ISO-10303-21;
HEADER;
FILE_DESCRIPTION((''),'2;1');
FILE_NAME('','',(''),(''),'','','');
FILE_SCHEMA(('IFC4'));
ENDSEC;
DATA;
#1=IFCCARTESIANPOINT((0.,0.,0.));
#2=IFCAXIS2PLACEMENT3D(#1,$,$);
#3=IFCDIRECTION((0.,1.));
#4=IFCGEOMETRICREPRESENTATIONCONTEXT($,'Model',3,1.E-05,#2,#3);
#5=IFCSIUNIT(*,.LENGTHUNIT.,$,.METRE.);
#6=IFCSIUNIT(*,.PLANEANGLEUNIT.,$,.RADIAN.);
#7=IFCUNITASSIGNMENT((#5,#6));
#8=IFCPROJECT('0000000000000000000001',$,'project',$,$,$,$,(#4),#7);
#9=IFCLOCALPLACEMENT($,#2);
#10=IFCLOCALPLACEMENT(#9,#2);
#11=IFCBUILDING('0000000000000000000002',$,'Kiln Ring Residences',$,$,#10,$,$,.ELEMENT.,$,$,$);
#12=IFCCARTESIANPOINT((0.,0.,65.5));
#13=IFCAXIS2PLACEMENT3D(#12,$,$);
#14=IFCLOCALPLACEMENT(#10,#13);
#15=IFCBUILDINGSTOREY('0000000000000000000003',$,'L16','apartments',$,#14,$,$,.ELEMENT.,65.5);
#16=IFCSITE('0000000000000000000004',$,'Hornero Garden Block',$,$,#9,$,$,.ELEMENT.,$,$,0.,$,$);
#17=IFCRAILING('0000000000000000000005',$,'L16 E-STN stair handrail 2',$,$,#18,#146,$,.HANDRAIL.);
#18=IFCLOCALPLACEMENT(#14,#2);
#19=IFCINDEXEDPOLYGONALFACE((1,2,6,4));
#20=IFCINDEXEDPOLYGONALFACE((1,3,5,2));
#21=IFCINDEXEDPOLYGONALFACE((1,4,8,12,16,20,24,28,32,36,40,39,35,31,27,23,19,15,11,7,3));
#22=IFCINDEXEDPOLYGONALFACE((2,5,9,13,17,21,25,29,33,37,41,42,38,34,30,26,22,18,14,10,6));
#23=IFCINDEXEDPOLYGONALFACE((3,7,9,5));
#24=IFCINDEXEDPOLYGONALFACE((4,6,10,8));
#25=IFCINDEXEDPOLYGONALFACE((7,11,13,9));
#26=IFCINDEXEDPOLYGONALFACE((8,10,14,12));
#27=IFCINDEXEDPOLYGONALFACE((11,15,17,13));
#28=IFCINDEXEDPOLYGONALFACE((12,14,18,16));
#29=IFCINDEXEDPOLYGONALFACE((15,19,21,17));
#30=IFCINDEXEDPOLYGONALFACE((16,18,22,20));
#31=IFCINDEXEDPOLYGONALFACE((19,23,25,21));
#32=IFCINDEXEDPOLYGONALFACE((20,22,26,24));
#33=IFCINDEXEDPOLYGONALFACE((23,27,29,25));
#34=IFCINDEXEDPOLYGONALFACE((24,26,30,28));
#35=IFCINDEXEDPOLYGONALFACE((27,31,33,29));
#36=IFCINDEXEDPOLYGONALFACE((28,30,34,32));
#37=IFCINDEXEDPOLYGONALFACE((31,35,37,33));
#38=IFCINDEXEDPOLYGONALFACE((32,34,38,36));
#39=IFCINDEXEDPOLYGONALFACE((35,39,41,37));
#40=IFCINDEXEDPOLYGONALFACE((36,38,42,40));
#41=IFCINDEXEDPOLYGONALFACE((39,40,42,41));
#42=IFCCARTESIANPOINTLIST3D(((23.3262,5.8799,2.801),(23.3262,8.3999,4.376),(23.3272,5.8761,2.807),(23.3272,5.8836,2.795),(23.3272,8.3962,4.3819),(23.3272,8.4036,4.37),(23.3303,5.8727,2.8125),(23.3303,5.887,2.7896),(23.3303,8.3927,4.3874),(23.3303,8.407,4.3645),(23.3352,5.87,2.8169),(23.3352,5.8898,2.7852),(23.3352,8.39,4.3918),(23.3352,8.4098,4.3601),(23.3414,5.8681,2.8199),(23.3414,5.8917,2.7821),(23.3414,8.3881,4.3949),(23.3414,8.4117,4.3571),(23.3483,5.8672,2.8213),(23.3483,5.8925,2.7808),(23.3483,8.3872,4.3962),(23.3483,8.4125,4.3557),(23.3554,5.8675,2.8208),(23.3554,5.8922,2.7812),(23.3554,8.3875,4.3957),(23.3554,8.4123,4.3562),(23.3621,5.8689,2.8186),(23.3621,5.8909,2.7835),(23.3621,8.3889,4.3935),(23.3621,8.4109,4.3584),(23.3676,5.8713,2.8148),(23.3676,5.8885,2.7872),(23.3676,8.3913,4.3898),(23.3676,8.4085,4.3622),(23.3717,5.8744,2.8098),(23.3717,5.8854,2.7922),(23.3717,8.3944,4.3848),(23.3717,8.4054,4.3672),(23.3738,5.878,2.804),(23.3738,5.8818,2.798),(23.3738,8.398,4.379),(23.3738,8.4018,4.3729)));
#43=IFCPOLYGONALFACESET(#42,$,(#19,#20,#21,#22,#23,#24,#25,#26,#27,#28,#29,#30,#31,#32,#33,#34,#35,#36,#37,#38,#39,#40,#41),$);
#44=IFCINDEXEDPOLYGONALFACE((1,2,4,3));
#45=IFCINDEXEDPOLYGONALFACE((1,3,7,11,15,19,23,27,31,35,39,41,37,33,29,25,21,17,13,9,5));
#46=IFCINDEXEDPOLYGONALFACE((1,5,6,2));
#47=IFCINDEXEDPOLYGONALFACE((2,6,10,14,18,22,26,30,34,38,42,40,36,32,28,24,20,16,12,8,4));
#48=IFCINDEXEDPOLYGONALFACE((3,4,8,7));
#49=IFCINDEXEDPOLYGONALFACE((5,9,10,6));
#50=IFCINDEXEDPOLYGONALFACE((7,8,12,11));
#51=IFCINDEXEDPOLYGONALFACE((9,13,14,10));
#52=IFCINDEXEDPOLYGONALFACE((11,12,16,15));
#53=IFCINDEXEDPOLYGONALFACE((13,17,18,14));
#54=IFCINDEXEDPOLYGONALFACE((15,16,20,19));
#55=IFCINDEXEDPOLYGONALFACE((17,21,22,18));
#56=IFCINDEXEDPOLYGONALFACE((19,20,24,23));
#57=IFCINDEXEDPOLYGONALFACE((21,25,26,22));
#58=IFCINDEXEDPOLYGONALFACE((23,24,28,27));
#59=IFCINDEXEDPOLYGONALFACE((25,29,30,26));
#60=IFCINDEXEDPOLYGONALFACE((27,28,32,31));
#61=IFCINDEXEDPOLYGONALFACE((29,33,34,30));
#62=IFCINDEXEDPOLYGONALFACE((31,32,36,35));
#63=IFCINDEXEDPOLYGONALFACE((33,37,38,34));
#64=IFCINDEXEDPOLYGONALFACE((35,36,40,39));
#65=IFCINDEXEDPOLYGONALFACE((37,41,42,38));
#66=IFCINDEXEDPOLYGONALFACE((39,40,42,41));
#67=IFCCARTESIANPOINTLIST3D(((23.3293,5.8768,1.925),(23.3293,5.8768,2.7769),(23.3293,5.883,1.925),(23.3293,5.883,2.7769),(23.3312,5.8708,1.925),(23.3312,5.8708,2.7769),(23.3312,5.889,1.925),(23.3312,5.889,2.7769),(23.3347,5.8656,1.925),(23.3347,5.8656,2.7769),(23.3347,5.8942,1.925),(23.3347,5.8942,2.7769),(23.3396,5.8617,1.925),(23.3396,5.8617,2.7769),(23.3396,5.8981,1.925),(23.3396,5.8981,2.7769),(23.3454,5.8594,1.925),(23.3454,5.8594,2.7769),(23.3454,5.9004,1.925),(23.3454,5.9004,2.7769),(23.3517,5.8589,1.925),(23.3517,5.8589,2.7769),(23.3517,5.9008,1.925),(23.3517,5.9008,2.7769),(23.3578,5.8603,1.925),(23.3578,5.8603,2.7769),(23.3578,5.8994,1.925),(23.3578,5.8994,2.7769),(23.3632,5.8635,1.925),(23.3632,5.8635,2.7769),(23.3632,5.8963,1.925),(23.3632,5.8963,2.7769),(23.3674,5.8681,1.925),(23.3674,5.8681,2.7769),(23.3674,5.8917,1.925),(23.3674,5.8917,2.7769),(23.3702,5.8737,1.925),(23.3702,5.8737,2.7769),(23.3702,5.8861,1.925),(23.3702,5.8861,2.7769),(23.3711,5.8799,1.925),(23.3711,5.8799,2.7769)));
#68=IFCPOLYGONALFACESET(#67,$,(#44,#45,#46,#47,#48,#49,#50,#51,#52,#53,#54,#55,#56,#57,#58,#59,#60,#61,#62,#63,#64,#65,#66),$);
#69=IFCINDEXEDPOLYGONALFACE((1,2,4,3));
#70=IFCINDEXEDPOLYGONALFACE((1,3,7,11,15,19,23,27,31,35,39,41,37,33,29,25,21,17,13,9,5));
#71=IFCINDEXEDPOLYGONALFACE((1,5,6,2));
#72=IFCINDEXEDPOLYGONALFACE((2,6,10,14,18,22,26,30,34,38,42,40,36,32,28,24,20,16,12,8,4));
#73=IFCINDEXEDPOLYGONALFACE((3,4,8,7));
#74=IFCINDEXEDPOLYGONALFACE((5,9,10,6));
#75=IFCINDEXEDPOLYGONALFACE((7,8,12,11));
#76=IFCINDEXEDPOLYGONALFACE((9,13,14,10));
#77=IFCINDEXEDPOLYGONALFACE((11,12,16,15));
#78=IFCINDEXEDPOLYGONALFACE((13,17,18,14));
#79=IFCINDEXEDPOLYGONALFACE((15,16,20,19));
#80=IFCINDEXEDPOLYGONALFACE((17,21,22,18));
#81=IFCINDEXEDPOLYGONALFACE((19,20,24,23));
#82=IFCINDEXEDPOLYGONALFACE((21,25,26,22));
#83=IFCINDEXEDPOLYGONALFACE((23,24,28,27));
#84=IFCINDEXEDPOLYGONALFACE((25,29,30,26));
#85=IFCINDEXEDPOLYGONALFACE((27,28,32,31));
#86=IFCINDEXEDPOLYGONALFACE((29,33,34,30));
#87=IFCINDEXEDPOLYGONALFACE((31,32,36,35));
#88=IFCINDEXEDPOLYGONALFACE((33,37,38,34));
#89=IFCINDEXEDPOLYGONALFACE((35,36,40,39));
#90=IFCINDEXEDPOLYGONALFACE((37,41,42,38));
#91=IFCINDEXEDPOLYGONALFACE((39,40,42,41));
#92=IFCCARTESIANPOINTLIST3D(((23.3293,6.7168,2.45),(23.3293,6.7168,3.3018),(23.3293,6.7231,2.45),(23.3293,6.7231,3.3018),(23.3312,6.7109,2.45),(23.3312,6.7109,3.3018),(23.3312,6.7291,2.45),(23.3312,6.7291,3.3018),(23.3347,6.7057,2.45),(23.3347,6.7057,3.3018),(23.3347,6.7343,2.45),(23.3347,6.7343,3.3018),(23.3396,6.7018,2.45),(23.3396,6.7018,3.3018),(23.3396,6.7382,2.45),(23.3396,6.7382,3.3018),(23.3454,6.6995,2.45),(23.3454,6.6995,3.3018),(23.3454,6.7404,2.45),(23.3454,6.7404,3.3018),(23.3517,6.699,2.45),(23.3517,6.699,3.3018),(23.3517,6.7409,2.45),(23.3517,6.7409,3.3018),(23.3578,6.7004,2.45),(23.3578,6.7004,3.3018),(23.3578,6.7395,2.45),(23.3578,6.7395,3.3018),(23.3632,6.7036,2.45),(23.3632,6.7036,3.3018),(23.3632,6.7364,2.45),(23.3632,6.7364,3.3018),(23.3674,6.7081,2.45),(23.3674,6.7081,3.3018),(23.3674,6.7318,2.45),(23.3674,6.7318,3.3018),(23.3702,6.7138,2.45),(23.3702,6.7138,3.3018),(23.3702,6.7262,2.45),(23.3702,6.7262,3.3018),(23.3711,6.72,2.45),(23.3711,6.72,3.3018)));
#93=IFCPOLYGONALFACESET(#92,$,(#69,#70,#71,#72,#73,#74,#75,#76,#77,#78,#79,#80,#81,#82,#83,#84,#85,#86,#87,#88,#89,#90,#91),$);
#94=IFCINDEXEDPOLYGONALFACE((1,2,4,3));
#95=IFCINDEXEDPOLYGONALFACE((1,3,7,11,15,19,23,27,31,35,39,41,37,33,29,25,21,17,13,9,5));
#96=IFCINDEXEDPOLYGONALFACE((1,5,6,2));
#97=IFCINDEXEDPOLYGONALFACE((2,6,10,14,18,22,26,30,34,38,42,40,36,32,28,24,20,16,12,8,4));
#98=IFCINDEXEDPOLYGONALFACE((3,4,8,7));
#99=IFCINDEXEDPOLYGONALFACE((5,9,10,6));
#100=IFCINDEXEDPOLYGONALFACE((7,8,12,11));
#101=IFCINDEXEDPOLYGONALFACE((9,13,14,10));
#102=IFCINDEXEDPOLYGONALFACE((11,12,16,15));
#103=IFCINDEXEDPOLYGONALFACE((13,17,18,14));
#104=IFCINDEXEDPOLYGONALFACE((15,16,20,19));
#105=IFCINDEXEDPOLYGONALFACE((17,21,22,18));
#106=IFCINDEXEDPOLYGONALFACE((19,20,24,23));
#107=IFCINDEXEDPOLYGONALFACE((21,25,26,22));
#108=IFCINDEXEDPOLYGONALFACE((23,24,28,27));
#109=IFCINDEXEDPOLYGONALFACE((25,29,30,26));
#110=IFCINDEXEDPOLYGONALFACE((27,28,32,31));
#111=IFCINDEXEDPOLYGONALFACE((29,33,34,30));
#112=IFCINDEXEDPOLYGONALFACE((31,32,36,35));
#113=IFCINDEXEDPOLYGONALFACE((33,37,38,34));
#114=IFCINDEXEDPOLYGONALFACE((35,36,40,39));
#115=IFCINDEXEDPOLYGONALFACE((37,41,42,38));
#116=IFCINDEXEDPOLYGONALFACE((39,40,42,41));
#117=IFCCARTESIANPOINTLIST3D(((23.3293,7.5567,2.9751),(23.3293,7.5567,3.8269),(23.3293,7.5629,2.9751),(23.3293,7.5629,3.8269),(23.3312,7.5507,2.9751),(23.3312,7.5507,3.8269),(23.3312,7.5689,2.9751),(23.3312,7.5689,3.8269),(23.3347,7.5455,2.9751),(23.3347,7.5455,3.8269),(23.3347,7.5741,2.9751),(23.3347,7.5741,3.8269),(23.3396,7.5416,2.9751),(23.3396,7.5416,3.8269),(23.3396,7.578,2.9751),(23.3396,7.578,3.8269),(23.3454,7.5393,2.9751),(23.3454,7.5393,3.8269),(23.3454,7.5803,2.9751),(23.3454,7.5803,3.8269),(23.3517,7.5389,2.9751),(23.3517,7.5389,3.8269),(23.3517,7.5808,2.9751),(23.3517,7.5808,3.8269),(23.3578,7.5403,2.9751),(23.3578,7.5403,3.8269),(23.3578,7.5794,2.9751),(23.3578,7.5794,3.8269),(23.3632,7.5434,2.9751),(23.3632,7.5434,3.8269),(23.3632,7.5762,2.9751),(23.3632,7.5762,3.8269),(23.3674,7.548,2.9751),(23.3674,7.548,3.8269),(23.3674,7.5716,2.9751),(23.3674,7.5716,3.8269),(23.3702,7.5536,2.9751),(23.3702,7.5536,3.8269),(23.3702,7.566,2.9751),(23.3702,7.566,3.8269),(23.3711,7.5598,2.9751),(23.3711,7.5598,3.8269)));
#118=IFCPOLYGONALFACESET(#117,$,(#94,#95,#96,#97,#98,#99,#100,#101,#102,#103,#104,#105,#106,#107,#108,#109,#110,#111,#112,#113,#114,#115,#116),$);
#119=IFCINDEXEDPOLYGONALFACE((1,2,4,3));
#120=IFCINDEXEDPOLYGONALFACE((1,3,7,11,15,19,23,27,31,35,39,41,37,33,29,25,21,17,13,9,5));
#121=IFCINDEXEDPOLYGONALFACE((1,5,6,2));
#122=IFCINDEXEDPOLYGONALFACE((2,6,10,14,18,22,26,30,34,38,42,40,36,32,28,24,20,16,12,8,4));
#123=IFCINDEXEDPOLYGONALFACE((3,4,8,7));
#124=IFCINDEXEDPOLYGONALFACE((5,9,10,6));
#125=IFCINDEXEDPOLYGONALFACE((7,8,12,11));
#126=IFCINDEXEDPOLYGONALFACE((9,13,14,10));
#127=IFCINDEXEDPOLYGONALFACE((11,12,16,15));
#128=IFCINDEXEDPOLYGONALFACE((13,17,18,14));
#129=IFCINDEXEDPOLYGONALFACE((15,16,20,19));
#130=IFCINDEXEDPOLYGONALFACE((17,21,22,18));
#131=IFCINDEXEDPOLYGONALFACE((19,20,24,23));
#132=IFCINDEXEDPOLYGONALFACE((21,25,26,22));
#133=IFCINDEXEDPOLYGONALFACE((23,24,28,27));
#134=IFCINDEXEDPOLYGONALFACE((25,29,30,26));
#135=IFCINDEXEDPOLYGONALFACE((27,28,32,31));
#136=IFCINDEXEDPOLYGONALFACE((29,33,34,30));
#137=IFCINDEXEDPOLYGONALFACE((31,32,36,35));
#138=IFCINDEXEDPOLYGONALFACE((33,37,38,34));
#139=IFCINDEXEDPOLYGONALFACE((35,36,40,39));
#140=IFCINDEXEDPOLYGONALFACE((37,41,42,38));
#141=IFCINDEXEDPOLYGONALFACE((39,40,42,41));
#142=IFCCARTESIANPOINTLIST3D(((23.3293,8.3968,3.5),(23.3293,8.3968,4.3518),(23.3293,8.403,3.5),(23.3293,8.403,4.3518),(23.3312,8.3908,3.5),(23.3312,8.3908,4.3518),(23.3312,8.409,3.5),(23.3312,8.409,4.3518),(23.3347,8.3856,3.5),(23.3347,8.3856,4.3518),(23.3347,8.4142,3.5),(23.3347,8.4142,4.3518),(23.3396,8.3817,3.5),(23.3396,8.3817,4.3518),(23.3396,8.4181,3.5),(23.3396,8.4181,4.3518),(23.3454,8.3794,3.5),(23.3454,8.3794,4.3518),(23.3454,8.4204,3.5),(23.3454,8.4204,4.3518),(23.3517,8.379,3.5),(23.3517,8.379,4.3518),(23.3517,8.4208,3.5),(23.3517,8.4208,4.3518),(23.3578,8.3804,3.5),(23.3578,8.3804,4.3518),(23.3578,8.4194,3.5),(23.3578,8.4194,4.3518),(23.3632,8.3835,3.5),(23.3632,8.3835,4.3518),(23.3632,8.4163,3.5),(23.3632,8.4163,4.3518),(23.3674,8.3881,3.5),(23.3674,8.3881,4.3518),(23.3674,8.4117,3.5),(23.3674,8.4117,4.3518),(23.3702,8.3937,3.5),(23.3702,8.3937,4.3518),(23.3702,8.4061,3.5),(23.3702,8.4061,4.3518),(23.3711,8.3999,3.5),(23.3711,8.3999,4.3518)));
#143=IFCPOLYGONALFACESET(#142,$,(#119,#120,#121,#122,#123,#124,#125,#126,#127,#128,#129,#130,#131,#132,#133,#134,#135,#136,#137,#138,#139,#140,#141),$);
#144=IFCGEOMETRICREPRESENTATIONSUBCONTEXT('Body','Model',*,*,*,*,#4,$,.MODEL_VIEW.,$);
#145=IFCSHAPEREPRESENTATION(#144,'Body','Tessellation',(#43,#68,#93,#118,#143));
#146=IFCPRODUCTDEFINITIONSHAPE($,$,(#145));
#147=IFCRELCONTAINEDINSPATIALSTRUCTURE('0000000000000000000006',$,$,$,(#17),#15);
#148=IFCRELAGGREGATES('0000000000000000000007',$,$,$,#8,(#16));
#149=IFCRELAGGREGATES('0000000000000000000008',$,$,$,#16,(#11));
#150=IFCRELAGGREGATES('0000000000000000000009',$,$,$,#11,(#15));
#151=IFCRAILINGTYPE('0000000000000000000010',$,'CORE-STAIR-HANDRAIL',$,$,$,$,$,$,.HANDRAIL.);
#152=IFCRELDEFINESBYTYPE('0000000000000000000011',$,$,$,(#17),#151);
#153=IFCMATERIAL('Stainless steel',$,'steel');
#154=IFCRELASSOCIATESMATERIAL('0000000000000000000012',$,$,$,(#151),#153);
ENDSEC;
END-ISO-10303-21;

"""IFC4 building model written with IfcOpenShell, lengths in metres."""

from ifc_helpers import new_model, si_unit, direction, frame, origin, origin_2d, place, context, subcontext, project, spatial, circle, extrude, material, type_object, element, save


model = new_model("IFC4")

# Units and contexts
model_context = context("Model", 3, precision=1e-05, world=origin(), true_north=direction((0.0, 1.0)))
body_context = subcontext(model_context, "Body", "Model", "MODEL_VIEW")
ifc_project = project(units=[si_unit("LENGTHUNIT", "METRE"), si_unit("PLANEANGLEUNIT", "RADIAN")], contexts=[model_context])

# Site, building, storey
site_placement = place(None, origin())
site = spatial("IfcSite", under=ifc_project, at=site_placement, Name="Hornero Garden Block", CompositionType="ELEMENT", RefElevation=0.0)
building_placement = place(site_placement, origin())
building = spatial("IfcBuilding", under=site, at=building_placement, Name="Kiln Ring Residences", CompositionType="ELEMENT")
storey_placement = place(building_placement, frame((0.0, 0.0, 65.5)))
storey = spatial("IfcBuildingStorey", under=building, at=storey_placement, Name="L16", Description="apartments", CompositionType="ELEMENT", Elevation=65.5)

# Railing
ifc_material_1 = material(Name="Stainless steel", Category="steel")
railing_type_1 = type_object("IfcRailingType", Name="CORE-STAIR-HANDRAIL", PredefinedType="HANDRAIL", material=ifc_material_1)
railing_1_placement = place(storey_placement, frame((23.3501, 5.8799, 1.925)))
element("IfcRailing", 1, at=railing_1_placement, inside=storey, type_object=railing_type_1, Name="L16 E-STN stair handrail 2", PredefinedType="HANDRAIL", context=body_context, shape_type="SweptSolid", body=[
    extrude(circle(Radius=0.0239, at=origin_2d()), frame((0.0, 0.0, 0.876), z_axis=(0.0, 0.848008, 0.529984), x_axis=(-1.0, 0.0, 0.0)), (0.0, 0.0, 1.0), 2.9717),
    extrude(circle(Radius=0.021, at=origin_2d()), origin(), (0.0, 0.0, 1.0), 0.8518),
    extrude(circle(Radius=0.021, at=origin_2d()), frame((0.0, 0.8401, 0.5249)), (0.0, 0.0, 1.0), 0.8518),
    extrude(circle(Radius=0.021, at=origin_2d()), frame((0.0, 1.6799, 1.05)), (0.0, 0.0, 1.0), 0.8518),
    extrude(circle(Radius=0.021, at=origin_2d()), frame((0.0, 2.52, 1.575)), (0.0, 0.0, 1.0), 0.8518),
])

save(model, "model.ifc")
